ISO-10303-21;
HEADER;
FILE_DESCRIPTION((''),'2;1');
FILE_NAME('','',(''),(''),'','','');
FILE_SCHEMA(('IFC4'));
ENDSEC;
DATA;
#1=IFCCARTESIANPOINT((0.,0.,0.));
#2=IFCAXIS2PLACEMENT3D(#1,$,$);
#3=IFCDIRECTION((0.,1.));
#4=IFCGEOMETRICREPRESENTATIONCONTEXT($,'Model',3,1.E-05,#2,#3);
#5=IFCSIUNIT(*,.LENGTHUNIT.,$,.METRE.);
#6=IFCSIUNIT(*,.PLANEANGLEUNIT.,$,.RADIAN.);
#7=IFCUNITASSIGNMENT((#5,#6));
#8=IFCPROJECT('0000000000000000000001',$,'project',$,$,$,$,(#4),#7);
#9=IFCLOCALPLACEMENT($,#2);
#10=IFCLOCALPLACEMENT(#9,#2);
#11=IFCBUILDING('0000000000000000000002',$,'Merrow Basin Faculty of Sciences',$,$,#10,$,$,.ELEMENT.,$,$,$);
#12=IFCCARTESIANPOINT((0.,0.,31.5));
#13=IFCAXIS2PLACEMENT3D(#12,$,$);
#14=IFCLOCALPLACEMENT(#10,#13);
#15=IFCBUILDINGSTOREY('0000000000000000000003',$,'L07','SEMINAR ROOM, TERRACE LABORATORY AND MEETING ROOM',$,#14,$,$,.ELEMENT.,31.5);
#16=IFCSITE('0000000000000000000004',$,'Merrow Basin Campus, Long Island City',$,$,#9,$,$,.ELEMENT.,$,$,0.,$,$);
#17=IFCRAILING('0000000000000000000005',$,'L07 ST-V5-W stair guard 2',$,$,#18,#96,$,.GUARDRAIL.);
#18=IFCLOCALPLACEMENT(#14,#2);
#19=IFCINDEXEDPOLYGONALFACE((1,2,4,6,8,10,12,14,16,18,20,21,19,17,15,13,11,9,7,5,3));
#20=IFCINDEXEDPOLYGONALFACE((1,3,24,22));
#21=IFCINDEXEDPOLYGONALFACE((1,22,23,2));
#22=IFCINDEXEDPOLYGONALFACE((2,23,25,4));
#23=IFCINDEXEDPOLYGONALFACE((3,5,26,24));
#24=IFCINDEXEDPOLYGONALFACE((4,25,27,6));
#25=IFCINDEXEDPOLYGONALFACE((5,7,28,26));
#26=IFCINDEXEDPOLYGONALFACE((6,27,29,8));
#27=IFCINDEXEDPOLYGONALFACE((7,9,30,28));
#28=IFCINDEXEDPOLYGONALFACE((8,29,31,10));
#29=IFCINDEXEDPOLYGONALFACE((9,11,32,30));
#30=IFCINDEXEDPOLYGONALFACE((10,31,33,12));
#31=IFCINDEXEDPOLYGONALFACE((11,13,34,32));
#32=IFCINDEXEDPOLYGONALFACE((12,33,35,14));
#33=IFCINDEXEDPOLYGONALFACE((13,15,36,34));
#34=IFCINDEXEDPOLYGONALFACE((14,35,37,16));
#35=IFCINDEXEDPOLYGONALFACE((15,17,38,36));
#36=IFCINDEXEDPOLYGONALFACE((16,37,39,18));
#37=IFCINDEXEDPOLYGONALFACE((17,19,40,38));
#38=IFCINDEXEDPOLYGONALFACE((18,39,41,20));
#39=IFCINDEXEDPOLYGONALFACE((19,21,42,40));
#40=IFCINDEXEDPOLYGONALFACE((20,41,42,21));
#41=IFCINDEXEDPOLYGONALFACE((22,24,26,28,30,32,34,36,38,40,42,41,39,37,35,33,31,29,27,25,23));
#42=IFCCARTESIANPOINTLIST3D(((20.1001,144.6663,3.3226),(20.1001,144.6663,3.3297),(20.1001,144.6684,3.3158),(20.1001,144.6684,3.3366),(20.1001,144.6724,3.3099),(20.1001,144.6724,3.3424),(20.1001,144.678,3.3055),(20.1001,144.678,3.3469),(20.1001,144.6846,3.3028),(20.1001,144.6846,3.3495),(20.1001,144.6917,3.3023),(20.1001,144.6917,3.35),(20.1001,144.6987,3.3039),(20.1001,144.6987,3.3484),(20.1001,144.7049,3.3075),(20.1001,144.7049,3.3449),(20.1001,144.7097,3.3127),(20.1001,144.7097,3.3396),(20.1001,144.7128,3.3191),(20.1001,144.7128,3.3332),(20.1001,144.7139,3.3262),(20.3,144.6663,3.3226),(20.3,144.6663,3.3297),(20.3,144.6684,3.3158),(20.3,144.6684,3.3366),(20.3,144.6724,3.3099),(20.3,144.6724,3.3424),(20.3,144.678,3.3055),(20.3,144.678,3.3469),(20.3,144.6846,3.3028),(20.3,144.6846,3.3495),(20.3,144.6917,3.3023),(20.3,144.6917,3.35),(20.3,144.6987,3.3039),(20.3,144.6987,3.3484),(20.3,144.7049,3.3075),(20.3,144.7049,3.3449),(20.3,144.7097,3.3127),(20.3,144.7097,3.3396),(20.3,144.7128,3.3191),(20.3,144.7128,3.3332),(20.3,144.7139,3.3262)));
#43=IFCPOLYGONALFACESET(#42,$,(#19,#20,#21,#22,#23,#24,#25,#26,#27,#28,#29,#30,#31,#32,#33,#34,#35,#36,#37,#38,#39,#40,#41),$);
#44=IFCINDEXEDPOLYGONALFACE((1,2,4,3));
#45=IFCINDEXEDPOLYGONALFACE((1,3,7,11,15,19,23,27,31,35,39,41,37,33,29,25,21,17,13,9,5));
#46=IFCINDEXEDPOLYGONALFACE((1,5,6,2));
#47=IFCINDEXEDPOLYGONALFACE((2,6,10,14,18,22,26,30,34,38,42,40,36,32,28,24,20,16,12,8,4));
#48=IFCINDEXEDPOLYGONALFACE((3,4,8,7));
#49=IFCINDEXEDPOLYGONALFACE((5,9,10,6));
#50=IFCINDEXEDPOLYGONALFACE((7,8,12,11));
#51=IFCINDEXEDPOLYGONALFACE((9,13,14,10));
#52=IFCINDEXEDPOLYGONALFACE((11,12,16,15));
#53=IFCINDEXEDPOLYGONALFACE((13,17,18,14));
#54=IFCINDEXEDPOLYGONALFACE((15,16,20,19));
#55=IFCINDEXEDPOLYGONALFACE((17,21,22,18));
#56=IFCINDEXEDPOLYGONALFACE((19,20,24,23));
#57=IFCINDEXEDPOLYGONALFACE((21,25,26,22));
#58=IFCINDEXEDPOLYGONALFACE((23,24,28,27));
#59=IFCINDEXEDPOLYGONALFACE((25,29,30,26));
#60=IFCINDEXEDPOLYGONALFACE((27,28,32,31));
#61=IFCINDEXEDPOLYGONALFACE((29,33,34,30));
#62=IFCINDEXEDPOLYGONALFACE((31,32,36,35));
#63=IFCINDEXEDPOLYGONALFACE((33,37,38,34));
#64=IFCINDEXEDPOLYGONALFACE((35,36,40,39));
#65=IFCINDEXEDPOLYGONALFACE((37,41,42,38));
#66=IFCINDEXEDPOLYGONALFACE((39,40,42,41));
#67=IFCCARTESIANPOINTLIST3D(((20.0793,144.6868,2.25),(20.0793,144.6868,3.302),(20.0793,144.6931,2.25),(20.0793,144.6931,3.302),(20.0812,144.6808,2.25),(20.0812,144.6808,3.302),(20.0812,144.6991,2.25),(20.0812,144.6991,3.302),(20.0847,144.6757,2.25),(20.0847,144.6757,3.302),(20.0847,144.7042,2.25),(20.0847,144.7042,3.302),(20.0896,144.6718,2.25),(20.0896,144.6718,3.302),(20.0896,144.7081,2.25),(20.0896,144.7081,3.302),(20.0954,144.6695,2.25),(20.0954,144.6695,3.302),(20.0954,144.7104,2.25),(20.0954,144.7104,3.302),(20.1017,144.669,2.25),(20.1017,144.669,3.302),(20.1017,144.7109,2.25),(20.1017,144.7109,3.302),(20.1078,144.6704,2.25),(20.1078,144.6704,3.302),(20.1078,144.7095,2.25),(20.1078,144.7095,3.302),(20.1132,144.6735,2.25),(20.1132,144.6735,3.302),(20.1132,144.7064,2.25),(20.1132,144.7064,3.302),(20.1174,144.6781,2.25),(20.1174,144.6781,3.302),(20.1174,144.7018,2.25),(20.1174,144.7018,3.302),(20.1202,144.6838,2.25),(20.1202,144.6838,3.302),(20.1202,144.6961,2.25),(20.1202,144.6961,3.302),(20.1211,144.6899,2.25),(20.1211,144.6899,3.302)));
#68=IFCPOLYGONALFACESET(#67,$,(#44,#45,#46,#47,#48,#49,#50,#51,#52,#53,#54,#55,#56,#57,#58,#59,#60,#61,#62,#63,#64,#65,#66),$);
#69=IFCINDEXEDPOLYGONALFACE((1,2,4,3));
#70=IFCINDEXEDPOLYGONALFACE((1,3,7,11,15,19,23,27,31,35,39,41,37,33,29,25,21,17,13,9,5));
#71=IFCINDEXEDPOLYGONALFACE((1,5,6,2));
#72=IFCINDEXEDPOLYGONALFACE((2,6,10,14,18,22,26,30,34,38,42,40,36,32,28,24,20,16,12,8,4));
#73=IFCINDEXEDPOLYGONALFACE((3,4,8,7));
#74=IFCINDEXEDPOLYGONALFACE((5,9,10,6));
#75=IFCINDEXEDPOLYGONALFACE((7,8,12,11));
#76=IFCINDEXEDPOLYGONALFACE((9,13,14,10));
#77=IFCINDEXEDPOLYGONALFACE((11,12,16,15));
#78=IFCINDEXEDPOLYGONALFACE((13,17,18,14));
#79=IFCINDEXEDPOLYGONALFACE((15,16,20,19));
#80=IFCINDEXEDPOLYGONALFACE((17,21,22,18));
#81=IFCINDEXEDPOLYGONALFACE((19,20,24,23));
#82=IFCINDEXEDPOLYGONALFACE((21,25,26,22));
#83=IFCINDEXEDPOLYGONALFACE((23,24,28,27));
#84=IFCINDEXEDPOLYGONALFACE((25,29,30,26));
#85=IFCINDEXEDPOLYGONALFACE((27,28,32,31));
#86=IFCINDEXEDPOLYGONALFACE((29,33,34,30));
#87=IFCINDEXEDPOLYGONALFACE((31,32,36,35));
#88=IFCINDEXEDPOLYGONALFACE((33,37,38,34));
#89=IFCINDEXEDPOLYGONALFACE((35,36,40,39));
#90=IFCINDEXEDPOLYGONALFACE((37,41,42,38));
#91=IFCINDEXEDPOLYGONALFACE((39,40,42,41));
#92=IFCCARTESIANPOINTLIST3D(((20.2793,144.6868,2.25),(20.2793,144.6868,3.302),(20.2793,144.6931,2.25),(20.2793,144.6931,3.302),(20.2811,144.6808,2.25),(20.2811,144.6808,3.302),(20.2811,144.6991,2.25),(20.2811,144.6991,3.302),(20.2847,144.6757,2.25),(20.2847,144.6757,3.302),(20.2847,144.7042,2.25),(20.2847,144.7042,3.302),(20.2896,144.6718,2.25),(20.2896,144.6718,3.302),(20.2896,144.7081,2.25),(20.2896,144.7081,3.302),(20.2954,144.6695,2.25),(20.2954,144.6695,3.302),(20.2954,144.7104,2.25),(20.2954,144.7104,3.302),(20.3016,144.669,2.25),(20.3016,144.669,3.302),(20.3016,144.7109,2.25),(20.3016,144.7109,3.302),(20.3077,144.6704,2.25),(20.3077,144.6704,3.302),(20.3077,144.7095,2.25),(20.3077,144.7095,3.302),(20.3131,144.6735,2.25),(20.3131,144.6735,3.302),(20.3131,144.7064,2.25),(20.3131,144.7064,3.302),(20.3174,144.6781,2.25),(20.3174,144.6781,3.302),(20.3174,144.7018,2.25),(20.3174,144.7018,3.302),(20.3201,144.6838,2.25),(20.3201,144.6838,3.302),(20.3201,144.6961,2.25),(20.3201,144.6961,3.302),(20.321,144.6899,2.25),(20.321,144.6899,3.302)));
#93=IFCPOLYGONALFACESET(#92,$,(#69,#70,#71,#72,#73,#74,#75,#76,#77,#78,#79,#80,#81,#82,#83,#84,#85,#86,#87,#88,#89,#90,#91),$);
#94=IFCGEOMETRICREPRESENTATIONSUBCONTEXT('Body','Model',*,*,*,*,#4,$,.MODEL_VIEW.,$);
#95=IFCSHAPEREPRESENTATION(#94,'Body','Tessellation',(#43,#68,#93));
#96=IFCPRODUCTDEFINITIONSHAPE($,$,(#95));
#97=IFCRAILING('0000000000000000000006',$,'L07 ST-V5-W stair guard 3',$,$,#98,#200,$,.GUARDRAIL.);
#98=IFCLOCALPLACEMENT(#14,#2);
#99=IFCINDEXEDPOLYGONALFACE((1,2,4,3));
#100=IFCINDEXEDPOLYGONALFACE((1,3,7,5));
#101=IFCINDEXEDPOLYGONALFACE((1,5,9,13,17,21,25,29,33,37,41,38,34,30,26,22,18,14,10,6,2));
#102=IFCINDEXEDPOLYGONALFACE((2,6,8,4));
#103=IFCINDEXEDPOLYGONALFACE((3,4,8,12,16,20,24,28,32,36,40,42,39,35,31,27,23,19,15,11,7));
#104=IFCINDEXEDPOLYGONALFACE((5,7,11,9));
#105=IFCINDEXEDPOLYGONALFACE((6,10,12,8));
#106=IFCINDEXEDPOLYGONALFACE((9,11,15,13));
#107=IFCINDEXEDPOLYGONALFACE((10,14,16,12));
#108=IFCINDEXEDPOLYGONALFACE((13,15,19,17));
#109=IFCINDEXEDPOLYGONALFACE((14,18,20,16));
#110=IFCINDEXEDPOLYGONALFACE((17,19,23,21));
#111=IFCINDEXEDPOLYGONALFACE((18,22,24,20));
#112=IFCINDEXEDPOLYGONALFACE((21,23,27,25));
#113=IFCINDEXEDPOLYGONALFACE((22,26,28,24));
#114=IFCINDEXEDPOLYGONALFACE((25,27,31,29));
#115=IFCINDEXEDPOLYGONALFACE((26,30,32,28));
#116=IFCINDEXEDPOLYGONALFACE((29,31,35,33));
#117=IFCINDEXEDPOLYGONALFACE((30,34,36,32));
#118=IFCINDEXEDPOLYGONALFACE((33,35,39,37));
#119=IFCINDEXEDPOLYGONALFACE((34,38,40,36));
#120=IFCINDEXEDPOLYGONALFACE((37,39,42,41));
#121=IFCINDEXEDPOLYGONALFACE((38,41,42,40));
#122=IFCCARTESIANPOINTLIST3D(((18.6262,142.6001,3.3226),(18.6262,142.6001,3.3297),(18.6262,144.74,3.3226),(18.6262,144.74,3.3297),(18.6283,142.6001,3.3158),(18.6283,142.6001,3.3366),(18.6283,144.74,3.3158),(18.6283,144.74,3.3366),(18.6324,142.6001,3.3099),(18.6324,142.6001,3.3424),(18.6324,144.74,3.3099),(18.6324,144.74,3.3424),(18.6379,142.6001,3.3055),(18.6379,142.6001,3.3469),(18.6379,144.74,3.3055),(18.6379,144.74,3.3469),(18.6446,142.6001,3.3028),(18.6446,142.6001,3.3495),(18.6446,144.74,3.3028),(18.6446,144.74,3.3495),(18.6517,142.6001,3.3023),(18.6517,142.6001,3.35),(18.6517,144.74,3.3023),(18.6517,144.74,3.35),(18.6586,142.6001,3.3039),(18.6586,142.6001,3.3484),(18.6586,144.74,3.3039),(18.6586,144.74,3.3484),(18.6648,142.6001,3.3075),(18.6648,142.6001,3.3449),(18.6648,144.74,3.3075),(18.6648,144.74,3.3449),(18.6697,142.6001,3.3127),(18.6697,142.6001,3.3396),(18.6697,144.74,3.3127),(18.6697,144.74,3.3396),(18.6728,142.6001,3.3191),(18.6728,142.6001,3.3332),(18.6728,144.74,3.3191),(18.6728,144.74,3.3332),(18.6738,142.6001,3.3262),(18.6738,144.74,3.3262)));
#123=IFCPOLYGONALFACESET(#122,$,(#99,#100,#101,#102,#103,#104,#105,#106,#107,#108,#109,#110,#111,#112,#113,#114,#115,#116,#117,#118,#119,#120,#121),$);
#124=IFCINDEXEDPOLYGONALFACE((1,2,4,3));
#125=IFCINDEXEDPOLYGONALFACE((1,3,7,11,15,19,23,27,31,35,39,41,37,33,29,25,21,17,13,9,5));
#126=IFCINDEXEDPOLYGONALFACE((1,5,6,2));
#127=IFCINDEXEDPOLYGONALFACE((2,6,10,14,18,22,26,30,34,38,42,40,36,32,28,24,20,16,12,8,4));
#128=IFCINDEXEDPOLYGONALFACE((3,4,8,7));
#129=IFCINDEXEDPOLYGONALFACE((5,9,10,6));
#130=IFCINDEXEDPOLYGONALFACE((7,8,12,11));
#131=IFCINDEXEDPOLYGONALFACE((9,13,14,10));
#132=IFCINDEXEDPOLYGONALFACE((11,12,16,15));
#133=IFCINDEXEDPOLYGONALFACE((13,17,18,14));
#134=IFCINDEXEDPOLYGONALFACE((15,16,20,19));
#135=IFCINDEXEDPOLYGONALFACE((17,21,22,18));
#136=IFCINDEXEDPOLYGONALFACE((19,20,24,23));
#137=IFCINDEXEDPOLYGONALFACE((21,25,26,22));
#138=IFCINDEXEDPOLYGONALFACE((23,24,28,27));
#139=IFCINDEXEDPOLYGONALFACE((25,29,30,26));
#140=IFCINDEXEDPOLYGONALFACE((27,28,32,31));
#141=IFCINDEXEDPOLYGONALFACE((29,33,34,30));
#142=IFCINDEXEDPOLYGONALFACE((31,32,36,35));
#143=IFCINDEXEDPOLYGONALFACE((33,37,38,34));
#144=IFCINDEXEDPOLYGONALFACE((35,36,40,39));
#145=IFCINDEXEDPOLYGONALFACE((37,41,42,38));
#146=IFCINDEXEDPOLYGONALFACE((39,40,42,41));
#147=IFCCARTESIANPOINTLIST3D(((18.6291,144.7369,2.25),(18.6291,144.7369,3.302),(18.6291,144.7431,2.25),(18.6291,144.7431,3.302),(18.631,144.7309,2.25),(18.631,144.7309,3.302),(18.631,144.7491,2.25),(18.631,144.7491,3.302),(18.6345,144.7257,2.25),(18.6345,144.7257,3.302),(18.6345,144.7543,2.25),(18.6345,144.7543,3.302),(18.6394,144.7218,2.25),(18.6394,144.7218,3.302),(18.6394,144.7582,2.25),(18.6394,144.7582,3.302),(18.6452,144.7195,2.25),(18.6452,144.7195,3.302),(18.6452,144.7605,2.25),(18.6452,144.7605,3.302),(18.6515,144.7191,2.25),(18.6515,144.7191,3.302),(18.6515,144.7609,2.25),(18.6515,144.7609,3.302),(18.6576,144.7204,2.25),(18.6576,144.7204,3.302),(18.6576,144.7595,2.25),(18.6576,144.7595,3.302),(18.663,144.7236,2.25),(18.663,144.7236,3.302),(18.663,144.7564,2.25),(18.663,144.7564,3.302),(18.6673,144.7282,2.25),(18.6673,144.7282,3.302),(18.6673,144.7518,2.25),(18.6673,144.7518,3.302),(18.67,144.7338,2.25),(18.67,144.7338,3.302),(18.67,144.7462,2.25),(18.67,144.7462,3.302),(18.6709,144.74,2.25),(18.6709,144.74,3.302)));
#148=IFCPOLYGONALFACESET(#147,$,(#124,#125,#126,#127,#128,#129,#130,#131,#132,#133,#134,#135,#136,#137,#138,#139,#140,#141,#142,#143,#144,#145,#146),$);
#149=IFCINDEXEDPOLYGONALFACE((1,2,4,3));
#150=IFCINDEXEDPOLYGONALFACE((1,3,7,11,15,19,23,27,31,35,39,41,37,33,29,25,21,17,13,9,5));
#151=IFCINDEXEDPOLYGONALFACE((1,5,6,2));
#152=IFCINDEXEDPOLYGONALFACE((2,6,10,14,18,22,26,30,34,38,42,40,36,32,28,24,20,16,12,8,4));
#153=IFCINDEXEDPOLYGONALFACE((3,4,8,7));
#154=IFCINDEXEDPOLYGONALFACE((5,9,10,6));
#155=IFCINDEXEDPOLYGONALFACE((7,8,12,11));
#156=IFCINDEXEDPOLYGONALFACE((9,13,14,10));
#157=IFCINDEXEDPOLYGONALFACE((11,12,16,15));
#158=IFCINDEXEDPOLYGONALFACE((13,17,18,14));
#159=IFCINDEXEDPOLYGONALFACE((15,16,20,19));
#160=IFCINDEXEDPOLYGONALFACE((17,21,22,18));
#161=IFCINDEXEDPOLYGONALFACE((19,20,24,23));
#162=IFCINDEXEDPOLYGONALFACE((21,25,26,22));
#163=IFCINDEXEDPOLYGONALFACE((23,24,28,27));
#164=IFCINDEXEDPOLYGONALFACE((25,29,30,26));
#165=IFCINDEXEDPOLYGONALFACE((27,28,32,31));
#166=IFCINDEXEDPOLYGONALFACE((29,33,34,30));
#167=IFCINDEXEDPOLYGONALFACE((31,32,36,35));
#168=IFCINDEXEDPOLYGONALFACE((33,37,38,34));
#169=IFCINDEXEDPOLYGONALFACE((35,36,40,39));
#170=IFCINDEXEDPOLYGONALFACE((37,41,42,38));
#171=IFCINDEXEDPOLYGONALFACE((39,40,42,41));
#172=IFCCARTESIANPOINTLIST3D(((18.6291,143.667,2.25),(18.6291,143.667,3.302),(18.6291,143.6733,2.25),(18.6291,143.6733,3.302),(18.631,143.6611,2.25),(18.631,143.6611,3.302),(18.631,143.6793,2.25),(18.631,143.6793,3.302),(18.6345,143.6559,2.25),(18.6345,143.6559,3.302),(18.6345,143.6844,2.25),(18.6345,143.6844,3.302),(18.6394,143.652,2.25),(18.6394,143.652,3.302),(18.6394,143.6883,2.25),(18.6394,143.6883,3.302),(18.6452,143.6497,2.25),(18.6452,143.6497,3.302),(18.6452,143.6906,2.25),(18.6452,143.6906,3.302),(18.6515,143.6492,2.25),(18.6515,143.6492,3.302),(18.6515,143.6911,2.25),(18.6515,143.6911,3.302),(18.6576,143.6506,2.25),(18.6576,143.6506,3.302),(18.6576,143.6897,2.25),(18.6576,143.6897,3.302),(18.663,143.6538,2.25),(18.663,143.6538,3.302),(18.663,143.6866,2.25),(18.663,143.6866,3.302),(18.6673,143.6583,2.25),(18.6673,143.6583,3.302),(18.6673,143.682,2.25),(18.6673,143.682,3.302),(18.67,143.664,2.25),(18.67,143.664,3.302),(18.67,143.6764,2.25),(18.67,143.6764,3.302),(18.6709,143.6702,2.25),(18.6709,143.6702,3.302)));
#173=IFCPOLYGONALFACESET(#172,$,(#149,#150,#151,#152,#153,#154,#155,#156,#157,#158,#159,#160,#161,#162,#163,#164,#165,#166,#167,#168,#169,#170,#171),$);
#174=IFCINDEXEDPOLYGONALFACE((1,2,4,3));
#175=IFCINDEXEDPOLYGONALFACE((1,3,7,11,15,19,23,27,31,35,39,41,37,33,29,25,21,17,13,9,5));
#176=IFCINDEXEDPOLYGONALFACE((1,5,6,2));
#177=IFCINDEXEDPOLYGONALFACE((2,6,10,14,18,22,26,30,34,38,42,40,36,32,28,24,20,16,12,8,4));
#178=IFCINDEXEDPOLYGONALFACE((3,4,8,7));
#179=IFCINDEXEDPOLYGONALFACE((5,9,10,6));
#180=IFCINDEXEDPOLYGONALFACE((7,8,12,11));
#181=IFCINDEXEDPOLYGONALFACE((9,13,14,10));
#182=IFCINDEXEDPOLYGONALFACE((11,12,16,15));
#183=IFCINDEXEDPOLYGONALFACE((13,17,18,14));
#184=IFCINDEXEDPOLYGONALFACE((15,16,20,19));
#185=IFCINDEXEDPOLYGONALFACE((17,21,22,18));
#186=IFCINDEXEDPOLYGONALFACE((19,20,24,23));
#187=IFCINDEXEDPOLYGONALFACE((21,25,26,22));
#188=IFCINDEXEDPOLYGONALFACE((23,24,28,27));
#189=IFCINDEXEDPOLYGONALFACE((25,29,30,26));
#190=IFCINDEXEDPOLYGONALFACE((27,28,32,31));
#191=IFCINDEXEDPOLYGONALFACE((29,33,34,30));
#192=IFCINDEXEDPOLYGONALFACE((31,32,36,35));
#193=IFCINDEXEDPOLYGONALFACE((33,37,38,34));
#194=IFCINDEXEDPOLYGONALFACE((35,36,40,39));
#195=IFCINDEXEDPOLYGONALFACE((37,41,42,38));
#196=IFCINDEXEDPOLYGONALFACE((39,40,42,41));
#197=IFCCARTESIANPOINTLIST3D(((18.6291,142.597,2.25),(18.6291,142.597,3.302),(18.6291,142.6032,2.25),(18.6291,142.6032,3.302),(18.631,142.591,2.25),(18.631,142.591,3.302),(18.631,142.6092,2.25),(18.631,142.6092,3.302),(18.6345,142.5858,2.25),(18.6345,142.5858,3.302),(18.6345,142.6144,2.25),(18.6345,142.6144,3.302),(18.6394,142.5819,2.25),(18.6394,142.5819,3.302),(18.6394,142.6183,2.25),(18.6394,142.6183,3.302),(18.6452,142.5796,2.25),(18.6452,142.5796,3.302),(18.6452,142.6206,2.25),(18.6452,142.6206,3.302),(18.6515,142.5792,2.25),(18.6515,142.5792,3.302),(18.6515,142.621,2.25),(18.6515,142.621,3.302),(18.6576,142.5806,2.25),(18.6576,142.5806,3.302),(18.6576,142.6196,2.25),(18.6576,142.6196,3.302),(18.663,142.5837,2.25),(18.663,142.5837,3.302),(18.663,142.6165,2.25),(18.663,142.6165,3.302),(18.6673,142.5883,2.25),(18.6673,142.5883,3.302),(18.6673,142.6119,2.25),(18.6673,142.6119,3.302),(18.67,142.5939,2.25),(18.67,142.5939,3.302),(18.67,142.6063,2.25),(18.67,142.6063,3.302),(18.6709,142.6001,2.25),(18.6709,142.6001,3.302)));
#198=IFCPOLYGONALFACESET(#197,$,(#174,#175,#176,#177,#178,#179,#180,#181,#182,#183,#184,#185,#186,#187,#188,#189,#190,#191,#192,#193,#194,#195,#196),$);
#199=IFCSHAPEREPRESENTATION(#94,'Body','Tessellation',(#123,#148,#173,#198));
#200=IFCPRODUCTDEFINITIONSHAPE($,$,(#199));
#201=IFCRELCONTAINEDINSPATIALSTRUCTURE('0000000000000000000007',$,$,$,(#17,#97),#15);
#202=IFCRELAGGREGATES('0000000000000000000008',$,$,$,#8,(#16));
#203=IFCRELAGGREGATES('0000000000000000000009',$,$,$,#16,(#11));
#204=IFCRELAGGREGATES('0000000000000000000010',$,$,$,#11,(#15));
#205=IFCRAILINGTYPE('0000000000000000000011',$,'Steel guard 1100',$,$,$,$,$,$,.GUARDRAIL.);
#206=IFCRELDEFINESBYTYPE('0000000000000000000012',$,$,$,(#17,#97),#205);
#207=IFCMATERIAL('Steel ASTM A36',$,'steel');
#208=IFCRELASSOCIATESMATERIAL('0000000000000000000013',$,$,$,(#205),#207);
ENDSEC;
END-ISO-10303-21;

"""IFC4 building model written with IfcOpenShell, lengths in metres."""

from ifc_helpers import new_model, si_unit, direction, frame, origin, origin_2d, place, context, subcontext, project, spatial, circle, extrude, material, type_object, element, save


model = new_model("IFC4")

# Units and contexts
model_context = context("Model", 3, precision=1e-05, world=origin(), true_north=direction((0.0, 1.0)))
body_context = subcontext(model_context, "Body", "Model", "MODEL_VIEW")
ifc_project = project(units=[si_unit("LENGTHUNIT", "METRE"), si_unit("PLANEANGLEUNIT", "RADIAN")], contexts=[model_context])

# Site, building, storey
site_placement = place(None, origin())
site = spatial("IfcSite", under=ifc_project, at=site_placement, Name="Merrow Basin Campus, Long Island City", CompositionType="ELEMENT", RefElevation=0.0)
building_placement = place(site_placement, origin())
building = spatial("IfcBuilding", under=site, at=building_placement, Name="Merrow Basin Faculty of Sciences", CompositionType="ELEMENT")
storey_placement = place(building_placement, frame((0.0, 0.0, 31.5)))
storey = spatial("IfcBuildingStorey", under=building, at=storey_placement, Name="L07", Description="SEMINAR ROOM, TERRACE LABORATORY AND MEETING ROOM", CompositionType="ELEMENT", Elevation=31.5)

# Railings
ifc_material_1 = material(Name="Steel ASTM A36", Category="steel")
railing_type_1 = type_object("IfcRailingType", Name="Steel guard 1100", PredefinedType="GUARDRAIL", material=ifc_material_1)
railing_1_placement = place(storey_placement, frame((20.1001, 144.6899, 2.25)))
element("IfcRailing", 1, at=railing_1_placement, inside=storey, type_object=railing_type_1, Name="L07 ST-V5-W stair guard 2", PredefinedType="GUARDRAIL", context=body_context, shape_type="SweptSolid", body=[
    extrude(circle(Radius=0.0239, at=origin_2d()), frame((0.0, 0.0, 1.0762), z_axis=(1.0, 0.0, 0.0), x_axis=(0.0, 1.0, 0.0)), (0.0, 0.0, 1.0), 0.2),
    extrude(circle(Radius=0.021, at=origin_2d()), origin(), (0.0, 0.0, 1.0), 1.052),
    extrude(circle(Radius=0.021, at=origin_2d()), frame((0.2, 0.0, 0.0)), (0.0, 0.0, 1.0), 1.052),
])
railing_2_placement = place(storey_placement, frame((18.6499, 144.74, 2.25)))
element("IfcRailing", 2, at=railing_2_placement, inside=storey, type_object=railing_type_1, Name="L07 ST-V5-W stair guard 3", PredefinedType="GUARDRAIL", context=body_context, shape_type="SweptSolid", body=[
    extrude(circle(Radius=0.0239, at=origin_2d()), frame((0.0, 0.0, 1.0762), z_axis=(0.0, -1.0, 0.0), x_axis=(1.0, 0.0, 0.0)), (0.0, 0.0, 1.0), 2.1399),
    extrude(circle(Radius=0.021, at=origin_2d()), origin(), (0.0, 0.0, 1.0), 1.052),
    extrude(circle(Radius=0.021, at=origin_2d()), frame((0.0, -1.0698, 0.0)), (0.0, 0.0, 1.0), 1.052),
    extrude(circle(Radius=0.021, at=origin_2d()), frame((0.0, -2.1399, 0.0)), (0.0, 0.0, 1.0), 1.052),
])

save(model, "model.ifc")
